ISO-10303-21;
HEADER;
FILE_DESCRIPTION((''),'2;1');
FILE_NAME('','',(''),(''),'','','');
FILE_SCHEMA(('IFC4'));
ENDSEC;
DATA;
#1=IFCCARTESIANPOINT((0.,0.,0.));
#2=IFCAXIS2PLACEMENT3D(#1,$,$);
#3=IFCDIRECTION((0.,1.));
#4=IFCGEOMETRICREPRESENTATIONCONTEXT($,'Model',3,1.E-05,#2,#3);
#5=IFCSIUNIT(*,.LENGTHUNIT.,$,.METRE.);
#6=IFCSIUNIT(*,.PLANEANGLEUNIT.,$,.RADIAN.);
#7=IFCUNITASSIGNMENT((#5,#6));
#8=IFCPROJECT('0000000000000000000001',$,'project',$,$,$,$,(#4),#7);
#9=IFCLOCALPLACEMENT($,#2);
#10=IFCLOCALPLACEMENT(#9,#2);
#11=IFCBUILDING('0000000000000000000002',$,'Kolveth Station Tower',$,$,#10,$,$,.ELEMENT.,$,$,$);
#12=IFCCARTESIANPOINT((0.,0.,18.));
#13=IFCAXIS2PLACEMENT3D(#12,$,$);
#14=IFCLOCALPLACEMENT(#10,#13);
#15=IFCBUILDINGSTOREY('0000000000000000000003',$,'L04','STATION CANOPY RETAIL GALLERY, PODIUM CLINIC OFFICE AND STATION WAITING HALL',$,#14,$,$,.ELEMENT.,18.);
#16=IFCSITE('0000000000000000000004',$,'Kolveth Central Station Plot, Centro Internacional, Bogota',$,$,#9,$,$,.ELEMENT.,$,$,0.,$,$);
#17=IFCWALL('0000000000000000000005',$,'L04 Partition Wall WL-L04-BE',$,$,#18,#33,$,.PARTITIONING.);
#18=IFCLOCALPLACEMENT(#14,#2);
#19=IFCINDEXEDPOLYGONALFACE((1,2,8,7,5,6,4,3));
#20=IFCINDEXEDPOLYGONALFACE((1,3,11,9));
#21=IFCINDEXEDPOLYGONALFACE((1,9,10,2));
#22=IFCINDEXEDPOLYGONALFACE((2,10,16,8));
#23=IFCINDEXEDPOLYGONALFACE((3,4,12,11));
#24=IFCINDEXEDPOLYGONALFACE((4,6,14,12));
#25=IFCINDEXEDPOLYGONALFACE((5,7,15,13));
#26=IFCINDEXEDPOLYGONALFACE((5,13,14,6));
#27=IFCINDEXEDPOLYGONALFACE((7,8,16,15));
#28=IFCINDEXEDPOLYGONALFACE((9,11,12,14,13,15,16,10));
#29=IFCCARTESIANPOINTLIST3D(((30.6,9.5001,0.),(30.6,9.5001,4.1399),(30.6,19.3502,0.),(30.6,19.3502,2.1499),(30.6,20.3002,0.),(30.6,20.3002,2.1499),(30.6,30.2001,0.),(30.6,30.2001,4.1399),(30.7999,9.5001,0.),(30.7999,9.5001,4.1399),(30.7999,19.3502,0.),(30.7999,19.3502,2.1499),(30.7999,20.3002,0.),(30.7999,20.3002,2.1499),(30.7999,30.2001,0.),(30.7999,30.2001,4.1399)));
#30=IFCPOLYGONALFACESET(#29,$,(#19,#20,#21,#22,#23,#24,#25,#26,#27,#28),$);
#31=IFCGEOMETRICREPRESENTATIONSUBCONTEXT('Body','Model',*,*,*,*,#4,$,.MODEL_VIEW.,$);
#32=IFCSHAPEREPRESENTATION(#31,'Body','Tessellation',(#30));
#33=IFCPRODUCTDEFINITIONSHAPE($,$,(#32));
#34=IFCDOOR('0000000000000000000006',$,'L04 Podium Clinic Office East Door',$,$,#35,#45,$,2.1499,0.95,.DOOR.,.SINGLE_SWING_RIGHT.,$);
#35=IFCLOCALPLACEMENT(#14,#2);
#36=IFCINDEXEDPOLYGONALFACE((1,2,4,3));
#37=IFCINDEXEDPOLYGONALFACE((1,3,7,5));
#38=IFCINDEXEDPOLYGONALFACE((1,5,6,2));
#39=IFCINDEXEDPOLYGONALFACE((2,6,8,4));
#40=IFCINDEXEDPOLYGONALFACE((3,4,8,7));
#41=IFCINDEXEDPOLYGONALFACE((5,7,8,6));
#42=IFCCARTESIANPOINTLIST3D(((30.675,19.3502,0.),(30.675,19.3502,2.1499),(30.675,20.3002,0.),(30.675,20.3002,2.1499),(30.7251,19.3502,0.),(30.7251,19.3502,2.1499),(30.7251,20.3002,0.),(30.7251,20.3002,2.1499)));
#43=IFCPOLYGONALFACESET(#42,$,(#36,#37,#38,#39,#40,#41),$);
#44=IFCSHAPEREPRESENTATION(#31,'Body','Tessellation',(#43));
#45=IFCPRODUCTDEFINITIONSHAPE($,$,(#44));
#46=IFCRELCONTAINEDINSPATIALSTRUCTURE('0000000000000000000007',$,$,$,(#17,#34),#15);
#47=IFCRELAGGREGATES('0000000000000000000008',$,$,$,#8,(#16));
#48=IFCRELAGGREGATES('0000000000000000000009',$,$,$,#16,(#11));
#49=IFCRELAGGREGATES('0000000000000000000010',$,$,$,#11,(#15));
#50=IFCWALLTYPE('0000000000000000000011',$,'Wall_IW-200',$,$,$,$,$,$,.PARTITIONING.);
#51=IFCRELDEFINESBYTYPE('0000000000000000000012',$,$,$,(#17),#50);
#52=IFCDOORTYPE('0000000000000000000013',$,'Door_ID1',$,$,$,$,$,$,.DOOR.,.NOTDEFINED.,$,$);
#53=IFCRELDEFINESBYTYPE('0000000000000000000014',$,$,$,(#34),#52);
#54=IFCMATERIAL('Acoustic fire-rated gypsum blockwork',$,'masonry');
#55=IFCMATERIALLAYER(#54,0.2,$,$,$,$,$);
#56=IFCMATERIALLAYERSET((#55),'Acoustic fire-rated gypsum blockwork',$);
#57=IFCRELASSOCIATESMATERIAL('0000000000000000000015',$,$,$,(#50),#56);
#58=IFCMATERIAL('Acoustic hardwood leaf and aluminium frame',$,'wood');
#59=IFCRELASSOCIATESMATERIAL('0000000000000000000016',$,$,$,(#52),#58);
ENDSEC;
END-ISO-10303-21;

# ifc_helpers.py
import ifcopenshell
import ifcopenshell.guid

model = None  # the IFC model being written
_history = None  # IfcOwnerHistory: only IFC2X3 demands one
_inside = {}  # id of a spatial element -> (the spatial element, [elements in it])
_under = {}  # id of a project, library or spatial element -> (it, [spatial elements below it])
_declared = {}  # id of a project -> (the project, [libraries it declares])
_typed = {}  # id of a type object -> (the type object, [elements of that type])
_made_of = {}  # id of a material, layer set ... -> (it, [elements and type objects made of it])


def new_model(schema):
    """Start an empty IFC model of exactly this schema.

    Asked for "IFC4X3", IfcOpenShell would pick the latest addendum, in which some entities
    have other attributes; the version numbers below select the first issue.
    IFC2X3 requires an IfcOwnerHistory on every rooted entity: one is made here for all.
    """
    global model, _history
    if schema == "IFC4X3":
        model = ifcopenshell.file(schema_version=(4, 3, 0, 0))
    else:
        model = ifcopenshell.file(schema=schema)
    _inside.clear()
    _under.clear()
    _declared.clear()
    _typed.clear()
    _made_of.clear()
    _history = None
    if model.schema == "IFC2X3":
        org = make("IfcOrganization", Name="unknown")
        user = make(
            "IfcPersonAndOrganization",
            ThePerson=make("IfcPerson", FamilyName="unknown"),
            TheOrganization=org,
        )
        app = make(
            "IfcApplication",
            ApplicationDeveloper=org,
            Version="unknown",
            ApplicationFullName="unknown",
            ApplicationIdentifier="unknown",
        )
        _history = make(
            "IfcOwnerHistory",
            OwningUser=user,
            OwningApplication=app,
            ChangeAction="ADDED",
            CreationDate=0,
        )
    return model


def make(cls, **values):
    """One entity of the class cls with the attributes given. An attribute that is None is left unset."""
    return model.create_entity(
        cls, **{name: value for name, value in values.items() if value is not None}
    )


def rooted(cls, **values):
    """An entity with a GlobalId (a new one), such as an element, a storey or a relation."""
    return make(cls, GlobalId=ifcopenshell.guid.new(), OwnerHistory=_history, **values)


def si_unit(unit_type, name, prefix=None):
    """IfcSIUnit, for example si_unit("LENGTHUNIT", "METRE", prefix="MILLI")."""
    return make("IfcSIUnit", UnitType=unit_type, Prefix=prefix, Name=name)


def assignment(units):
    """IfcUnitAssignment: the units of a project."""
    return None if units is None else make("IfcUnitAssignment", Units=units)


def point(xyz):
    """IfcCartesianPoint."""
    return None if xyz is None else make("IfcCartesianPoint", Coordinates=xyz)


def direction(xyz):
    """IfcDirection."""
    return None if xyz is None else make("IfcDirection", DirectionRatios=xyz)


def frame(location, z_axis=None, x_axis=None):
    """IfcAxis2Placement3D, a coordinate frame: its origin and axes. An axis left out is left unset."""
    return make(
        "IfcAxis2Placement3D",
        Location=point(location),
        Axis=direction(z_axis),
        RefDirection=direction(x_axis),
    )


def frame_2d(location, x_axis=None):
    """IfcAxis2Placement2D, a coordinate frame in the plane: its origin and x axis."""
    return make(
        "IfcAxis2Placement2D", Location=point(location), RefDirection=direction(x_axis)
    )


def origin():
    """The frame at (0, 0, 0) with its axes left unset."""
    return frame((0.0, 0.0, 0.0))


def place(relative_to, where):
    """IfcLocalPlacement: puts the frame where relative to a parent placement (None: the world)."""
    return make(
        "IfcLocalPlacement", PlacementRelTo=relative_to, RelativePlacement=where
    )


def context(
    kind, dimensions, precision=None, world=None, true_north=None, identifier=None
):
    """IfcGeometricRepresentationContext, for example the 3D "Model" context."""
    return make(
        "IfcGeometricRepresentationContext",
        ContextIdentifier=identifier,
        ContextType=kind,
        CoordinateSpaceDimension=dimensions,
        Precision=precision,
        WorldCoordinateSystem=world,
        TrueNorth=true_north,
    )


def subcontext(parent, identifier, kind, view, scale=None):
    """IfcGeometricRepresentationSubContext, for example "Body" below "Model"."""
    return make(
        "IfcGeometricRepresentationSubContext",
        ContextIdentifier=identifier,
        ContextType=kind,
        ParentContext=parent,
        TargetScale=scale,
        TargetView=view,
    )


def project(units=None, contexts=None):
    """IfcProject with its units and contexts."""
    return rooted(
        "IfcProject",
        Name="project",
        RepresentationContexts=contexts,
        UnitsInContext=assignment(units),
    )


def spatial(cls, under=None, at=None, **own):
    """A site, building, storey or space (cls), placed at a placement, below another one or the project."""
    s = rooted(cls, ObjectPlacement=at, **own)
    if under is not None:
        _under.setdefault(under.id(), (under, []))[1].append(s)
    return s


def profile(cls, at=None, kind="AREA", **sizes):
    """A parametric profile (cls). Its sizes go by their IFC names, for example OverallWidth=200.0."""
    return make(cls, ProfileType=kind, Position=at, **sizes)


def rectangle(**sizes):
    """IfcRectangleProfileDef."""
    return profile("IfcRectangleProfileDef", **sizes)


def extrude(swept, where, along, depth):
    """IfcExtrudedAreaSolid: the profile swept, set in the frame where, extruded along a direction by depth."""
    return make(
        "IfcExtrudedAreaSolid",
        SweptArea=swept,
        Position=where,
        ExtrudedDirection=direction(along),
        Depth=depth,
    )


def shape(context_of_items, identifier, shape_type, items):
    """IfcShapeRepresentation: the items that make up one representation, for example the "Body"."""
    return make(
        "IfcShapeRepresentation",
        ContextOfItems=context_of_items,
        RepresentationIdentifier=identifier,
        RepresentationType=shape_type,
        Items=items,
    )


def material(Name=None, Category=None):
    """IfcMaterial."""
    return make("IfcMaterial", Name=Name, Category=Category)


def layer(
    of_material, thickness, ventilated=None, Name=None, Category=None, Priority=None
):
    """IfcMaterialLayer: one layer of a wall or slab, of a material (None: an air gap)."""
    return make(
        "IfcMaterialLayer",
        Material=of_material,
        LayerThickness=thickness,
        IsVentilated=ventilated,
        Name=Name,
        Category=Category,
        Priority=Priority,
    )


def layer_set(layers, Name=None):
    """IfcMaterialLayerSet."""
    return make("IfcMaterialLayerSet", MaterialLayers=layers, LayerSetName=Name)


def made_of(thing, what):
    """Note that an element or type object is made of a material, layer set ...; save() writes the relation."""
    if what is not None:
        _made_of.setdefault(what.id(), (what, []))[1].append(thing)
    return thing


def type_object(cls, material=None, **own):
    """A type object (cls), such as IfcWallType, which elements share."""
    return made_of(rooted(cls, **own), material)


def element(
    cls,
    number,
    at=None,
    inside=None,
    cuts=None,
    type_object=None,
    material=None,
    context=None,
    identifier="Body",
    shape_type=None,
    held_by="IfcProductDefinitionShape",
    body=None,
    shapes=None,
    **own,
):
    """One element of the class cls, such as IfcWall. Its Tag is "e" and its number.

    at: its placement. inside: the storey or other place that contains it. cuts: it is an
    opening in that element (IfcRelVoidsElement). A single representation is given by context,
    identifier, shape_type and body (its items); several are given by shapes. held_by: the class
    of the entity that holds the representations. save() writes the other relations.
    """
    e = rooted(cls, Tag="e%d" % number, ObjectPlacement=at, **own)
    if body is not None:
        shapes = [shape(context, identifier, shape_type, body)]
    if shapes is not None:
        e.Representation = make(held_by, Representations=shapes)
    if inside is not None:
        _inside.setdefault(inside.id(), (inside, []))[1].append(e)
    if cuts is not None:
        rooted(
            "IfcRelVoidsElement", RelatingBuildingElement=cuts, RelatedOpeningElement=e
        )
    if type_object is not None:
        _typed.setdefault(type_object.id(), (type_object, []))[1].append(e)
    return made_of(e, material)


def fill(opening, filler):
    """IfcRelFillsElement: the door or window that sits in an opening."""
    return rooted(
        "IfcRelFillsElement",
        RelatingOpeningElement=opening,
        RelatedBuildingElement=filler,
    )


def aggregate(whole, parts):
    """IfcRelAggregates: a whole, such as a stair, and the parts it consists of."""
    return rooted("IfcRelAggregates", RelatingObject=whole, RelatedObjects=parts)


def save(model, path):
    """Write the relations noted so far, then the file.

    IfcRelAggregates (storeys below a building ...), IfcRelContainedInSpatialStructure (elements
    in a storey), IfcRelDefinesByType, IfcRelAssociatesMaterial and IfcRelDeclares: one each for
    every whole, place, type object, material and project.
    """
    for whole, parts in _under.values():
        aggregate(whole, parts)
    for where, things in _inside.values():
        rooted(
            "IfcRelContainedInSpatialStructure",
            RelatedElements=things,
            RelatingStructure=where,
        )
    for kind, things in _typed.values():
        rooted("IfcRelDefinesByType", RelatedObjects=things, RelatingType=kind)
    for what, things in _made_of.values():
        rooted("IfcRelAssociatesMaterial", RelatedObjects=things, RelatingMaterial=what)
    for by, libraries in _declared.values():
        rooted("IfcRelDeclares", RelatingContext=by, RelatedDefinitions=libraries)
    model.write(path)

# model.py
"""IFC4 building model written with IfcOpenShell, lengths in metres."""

from ifc_helpers import new_model, si_unit, direction, frame, frame_2d, origin, place, context, subcontext, project, spatial, rectangle, extrude, material, layer, layer_set, type_object, element, fill, save


model = new_model("IFC4")

# Units and contexts
model_context = context("Model", 3, precision=1e-05, world=origin(), true_north=direction((0.0, 1.0)))
body_context = subcontext(model_context, "Body", "Model", "MODEL_VIEW")
ifc_project = project(units=[si_unit("LENGTHUNIT", "METRE"), si_unit("PLANEANGLEUNIT", "RADIAN")], contexts=[model_context])

# Site, building, storey
site_placement = place(None, origin())
site = spatial("IfcSite", under=ifc_project, at=site_placement, Name="Kolveth Central Station Plot, Centro Internacional, Bogota", CompositionType="ELEMENT", RefElevation=0.0)
building_placement = place(site_placement, origin())
building = spatial("IfcBuilding", under=site, at=building_placement, Name="Kolveth Station Tower", CompositionType="ELEMENT")
storey_placement = place(building_placement, frame((0.0, 0.0, 18.0)))
storey = spatial("IfcBuildingStorey", under=building, at=storey_placement, Name="L04", Description="STATION CANOPY RETAIL GALLERY, PODIUM CLINIC OFFICE AND STATION WAITING HALL", CompositionType="ELEMENT", Elevation=18.0)

# Shared definitions
ifc_material_1 = material(Name="Acoustic fire-rated gypsum blockwork", Category="masonry")
ifc_layer_1 = layer(ifc_material_1, 0.2)
ifc_layer_set_1 = layer_set([ifc_layer_1], Name="Acoustic fire-rated gypsum blockwork")
wall_type_1 = type_object("IfcWallType", Name="Wall_IW-200", PredefinedType="PARTITIONING", material=ifc_layer_set_1)

# Wall, opening, door
wall_1_placement = place(storey_placement, frame((30.7, 9.5, 0.0), z_axis=(0.0, 0.0, 1.0), x_axis=(0.0, 1.0, 0.0)))
wall_1 = element("IfcWall", 1, at=wall_1_placement, inside=storey, type_object=wall_type_1, Name="L04 Partition Wall WL-L04-BE", PredefinedType="PARTITIONING", context=body_context, shape_type="SweptSolid", body=[
    extrude(rectangle(XDim=20.7, YDim=0.2, at=frame_2d((10.3501, 0.0))), origin(), (0.0, 0.0, 1.0), 4.1399),
])
opening_1_placement = place(wall_1_placement, frame((9.8501, 0.0, 0.0)))
opening_1 = element("IfcOpeningElement", 2, at=opening_1_placement, cuts=wall_1, PredefinedType="OPENING", context=body_context, shape_type="SweptSolid", body=[
    extrude(rectangle(XDim=0.95, YDim=2.1499, at=frame_2d((0.4751, 1.075))), frame((0.0, 0.1099, 0.0), z_axis=(0.0, -1.0, 0.0), x_axis=(1.0, 0.0, 0.0)), (0.0, 0.0, 1.0), 0.22),
])
ifc_material_2 = material(Name="Acoustic hardwood leaf and aluminium frame", Category="wood")
door_type_1 = type_object("IfcDoorType", Name="Door_ID1", OperationType="NOTDEFINED", PredefinedType="DOOR", material=ifc_material_2)
door_1_placement = place(opening_1_placement, origin())
door_1 = element("IfcDoor", 3, at=door_1_placement, inside=storey, type_object=door_type_1, Name="L04 Podium Clinic Office East Door", OperationType="SINGLE_SWING_RIGHT", OverallHeight=2.1499, OverallWidth=0.95, PredefinedType="DOOR", context=body_context, shape_type="SweptSolid", body=[
    extrude(rectangle(XDim=0.95, YDim=2.1499, at=frame_2d((0.4751, 1.075))), frame((0.0, 0.0249, 0.0), z_axis=(0.0, -1.0, 0.0), x_axis=(1.0, 0.0, 0.0)), (0.0, 0.0, 1.0), 0.05),
])
fill(opening_1, door_1)

save(model, "model.ifc")
